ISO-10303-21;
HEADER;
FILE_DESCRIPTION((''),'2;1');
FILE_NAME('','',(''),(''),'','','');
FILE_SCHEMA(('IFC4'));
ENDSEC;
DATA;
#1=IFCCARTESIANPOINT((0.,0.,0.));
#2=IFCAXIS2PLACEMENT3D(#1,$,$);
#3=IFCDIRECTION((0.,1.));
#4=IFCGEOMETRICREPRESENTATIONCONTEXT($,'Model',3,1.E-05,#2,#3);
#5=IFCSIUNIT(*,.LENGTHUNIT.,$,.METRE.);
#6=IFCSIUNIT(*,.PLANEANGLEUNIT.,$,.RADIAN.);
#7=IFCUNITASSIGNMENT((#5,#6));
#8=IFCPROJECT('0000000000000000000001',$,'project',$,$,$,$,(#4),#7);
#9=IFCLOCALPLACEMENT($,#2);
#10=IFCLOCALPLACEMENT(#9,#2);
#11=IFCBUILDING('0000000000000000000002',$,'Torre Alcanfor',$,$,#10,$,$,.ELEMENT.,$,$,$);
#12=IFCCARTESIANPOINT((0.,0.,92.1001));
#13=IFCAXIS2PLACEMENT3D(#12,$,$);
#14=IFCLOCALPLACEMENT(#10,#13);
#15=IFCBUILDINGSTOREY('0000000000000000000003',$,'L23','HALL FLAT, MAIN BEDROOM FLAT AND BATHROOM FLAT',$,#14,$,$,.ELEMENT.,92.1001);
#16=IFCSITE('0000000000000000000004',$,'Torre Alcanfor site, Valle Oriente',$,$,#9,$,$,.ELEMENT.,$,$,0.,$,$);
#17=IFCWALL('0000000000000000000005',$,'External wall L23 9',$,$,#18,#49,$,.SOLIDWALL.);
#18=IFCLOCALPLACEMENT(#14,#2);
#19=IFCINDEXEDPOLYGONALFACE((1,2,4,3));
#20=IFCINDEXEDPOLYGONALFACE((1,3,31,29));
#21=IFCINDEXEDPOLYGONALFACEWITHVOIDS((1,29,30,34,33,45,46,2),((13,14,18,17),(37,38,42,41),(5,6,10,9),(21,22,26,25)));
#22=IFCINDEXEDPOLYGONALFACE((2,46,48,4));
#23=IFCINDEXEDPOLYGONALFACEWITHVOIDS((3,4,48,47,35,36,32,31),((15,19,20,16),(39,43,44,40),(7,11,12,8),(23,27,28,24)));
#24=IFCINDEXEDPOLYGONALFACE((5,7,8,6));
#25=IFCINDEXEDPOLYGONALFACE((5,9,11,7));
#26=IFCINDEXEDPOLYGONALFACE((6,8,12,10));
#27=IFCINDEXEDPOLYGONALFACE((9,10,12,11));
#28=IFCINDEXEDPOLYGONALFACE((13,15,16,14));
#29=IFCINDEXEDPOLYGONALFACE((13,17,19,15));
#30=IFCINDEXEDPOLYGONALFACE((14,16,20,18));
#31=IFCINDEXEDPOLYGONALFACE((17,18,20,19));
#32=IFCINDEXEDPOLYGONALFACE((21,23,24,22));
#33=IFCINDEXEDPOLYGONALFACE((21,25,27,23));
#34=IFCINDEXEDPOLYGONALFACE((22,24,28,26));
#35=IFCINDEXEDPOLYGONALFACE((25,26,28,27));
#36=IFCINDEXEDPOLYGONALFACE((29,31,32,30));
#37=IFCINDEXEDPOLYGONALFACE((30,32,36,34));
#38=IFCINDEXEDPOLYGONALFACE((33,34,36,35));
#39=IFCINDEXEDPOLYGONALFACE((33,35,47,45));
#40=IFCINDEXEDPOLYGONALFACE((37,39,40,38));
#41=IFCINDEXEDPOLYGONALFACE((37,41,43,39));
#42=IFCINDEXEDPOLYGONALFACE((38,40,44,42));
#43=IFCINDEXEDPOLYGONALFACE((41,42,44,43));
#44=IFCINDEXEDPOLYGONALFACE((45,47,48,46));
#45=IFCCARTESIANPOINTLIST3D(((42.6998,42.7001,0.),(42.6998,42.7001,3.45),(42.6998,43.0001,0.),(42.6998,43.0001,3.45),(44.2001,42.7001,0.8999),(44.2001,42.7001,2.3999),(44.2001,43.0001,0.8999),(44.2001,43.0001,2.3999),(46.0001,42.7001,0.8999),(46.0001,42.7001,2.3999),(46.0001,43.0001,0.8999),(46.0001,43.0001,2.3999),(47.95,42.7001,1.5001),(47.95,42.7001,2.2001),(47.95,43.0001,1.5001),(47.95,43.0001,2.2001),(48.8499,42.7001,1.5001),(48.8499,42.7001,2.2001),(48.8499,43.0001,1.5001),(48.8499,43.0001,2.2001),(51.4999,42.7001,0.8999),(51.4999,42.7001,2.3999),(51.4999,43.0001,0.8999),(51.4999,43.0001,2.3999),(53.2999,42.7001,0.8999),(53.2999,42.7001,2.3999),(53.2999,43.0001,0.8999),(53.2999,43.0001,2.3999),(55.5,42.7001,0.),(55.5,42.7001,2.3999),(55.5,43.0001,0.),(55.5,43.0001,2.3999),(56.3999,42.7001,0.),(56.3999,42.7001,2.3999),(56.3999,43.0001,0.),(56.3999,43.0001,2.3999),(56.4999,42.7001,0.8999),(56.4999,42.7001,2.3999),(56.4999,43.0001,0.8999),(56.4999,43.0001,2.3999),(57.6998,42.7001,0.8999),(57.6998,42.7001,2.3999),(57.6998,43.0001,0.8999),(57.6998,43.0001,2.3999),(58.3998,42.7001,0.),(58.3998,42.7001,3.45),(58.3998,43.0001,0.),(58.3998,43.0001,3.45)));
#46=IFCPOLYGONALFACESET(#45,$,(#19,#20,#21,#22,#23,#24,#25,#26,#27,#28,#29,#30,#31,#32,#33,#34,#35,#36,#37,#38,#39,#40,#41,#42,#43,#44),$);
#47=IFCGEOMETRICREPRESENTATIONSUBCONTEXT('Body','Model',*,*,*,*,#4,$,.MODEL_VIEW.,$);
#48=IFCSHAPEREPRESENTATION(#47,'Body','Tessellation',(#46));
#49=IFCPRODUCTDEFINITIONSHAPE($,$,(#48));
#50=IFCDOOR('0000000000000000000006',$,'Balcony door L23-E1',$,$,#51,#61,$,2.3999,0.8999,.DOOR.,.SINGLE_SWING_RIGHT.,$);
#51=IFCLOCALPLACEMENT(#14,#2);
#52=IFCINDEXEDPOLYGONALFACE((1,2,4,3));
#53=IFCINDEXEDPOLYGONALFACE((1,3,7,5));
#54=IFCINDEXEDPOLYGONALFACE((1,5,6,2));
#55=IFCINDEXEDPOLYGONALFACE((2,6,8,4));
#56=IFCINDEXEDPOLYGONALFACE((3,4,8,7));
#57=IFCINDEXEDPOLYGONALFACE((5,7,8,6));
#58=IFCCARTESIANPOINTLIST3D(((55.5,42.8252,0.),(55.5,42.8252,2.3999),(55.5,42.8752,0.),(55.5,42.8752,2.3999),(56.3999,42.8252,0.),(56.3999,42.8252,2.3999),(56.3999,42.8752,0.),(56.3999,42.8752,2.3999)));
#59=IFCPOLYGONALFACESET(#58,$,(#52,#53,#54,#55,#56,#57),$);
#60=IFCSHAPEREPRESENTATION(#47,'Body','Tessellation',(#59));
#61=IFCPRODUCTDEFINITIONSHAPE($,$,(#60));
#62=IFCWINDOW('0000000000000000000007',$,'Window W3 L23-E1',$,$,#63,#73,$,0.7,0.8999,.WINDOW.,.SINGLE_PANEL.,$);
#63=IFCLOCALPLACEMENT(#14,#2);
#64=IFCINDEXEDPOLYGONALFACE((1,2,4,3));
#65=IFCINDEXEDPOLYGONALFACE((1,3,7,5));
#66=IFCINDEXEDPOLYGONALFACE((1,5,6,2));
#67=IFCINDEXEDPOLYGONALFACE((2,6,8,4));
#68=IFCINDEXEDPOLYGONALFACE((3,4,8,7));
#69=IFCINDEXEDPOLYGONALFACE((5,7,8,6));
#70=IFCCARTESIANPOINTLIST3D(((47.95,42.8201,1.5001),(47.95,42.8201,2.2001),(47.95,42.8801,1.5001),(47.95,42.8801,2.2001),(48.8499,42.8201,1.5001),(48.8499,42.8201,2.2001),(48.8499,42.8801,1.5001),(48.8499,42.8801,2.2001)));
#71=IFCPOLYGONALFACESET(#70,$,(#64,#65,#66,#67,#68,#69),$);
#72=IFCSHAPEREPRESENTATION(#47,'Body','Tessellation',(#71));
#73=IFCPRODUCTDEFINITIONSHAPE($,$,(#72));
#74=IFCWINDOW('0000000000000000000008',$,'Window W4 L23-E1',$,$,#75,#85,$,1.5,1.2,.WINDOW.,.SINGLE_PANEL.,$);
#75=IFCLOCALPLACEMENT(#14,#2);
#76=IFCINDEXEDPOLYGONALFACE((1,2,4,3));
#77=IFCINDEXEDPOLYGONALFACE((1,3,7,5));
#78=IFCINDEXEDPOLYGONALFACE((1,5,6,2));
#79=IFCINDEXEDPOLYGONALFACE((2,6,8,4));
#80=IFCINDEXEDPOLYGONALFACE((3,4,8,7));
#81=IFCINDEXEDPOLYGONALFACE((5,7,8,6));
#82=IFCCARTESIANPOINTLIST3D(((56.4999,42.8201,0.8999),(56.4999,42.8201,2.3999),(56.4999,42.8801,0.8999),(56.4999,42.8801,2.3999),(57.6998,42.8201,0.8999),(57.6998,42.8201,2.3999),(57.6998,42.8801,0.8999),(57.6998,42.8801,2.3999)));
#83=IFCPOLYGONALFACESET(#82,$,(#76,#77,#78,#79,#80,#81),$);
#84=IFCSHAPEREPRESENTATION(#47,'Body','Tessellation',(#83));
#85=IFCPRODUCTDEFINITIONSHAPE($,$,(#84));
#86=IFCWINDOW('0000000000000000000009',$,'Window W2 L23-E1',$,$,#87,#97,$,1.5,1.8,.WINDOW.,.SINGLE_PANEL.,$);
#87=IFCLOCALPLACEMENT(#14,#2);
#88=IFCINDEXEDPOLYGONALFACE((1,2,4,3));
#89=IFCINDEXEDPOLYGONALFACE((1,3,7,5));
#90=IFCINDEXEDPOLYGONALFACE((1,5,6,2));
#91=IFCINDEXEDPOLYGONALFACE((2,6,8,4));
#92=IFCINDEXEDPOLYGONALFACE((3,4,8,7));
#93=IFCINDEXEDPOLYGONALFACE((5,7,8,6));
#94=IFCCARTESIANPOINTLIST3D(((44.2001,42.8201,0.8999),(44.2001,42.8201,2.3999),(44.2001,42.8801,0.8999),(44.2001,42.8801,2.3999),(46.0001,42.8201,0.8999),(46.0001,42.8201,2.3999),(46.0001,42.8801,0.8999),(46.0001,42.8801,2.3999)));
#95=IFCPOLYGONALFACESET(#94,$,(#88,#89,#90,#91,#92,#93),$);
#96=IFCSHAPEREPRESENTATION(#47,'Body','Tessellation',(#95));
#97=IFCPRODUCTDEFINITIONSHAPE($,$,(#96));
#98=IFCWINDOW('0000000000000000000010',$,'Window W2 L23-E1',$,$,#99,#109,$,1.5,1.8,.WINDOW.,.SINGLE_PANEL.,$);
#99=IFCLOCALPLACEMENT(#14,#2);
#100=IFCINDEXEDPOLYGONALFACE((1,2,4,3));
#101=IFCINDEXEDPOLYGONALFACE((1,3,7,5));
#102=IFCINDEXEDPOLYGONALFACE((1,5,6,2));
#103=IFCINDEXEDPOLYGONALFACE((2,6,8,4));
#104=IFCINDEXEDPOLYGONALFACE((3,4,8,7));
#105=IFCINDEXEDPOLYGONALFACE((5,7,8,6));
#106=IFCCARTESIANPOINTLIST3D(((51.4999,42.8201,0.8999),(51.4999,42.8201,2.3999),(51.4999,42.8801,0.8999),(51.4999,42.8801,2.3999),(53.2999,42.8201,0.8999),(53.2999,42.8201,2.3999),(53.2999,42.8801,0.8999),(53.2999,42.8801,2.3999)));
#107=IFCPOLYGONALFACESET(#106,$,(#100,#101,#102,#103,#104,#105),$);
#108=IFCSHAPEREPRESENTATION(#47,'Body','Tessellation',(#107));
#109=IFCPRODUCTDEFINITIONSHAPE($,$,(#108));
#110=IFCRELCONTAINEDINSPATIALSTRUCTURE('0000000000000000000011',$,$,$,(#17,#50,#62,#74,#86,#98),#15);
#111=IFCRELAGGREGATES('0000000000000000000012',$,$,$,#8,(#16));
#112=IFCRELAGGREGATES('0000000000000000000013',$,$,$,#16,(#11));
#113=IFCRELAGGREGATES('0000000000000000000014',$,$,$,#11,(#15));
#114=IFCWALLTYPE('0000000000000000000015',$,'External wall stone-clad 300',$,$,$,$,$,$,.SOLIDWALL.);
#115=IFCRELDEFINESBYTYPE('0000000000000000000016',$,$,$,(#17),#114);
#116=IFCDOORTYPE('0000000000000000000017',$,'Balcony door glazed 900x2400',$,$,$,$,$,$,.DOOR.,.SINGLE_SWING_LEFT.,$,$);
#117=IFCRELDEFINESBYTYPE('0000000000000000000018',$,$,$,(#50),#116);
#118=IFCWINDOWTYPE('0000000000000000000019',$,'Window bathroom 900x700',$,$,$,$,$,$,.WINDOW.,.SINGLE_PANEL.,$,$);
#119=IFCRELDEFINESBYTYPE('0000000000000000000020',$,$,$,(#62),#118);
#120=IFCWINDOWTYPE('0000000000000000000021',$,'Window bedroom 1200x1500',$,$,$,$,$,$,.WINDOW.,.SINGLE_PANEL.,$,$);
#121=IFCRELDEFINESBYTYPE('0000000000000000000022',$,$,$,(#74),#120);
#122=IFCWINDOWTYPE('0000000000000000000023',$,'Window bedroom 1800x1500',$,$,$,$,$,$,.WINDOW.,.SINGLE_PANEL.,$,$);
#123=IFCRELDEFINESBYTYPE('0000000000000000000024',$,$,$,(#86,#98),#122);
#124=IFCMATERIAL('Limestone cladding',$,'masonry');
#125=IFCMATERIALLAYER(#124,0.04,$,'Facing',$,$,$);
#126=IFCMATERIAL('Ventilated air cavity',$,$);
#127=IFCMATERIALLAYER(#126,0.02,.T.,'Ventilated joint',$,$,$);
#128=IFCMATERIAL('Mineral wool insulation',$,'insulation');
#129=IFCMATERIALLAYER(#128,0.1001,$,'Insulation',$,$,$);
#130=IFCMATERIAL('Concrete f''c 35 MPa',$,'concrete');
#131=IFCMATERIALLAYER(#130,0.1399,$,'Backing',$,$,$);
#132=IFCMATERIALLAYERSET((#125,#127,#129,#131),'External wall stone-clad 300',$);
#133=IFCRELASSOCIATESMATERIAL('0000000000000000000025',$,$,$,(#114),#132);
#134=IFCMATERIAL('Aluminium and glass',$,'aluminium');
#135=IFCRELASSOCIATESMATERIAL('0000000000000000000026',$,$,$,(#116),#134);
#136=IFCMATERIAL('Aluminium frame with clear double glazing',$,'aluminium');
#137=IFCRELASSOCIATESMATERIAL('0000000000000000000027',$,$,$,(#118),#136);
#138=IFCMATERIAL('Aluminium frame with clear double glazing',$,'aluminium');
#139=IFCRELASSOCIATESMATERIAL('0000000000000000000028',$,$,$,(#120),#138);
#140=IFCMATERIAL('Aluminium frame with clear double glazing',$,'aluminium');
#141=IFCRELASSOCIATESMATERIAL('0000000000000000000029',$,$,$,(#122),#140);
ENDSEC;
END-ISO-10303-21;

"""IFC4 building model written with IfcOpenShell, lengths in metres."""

from ifc_helpers import new_model, si_unit, direction, frame, frame_2d, origin, place, context, subcontext, project, spatial, rectangle, extrude, material, layer, layer_set, type_object, element, fill, save


model = new_model("IFC4")

# Units and contexts
model_context = context("Model", 3, precision=1e-05, world=origin(), true_north=direction((0.0, 1.0)))
body_context = subcontext(model_context, "Body", "Model", "MODEL_VIEW")
ifc_project = project(units=[si_unit("LENGTHUNIT", "METRE"), si_unit("PLANEANGLEUNIT", "RADIAN")], contexts=[model_context])

# Site, building, storey
site_placement = place(None, origin())
site = spatial("IfcSite", under=ifc_project, at=site_placement, Name="Torre Alcanfor site, Valle Oriente", CompositionType="ELEMENT", RefElevation=0.0)
building_placement = place(site_placement, origin())
building = spatial("IfcBuilding", under=site, at=building_placement, Name="Torre Alcanfor", CompositionType="ELEMENT")
storey_placement = place(building_placement, frame((0.0, 0.0, 92.1001)))
storey = spatial("IfcBuildingStorey", under=building, at=storey_placement, Name="L23", Description="HALL FLAT, MAIN BEDROOM FLAT AND BATHROOM FLAT", CompositionType="ELEMENT", Elevation=92.1001)

# Wall, openings, door, windows
ifc_material_1 = material(Name="Limestone cladding", Category="masonry")
ifc_layer_1 = layer(ifc_material_1, 0.04, Name="Facing")
ifc_material_2 = material(Name="Ventilated air cavity")
ifc_layer_2 = layer(ifc_material_2, 0.02, ventilated=True, Name="Ventilated joint")
ifc_material_3 = material(Name="Mineral wool insulation", Category="insulation")
ifc_layer_3 = layer(ifc_material_3, 0.1001, Name="Insulation")
ifc_material_4 = material(Name="Concrete f'c 35 MPa", Category="concrete")
ifc_layer_4 = layer(ifc_material_4, 0.1399, Name="Backing")
ifc_layer_set_1 = layer_set([ifc_layer_1, ifc_layer_2, ifc_layer_3, ifc_layer_4], Name="External wall stone-clad 300")
wall_type_1 = type_object("IfcWallType", Name="External wall stone-clad 300", PredefinedType="SOLIDWALL", material=ifc_layer_set_1)
wall_1_placement = place(storey_placement, frame((58.3999, 42.8501, 0.0), z_axis=(0.0, 0.0, 1.0), x_axis=(-1.0, 0.0, 0.0)))
wall_1 = element("IfcWall", 1, at=wall_1_placement, inside=storey, type_object=wall_type_1, Name="External wall L23 9", PredefinedType="SOLIDWALL", context=body_context, shape_type="SweptSolid", body=[
    extrude(rectangle(XDim=15.7, YDim=0.3, at=frame_2d((7.8501, 0.0))), origin(), (0.0, 0.0, 1.0), 3.45),
])
opening_1_placement = place(wall_1_placement, frame((12.3999, 0.0, 0.8999)))
opening_1 = element("IfcOpeningElement", 2, at=opening_1_placement, cuts=wall_1, PredefinedType="OPENING", context=body_context, shape_type="SweptSolid", body=[
    extrude(rectangle(XDim=1.8, YDim=1.5, at=frame_2d((0.8999, 0.75))), frame((0.0, 0.1599, 0.0), z_axis=(0.0, -1.0, 0.0), x_axis=(1.0, 0.0, 0.0)), (0.0, 0.0, 1.0), 0.3201),
])
opening_2_placement = place(wall_1_placement, frame((9.55, 0.0, 1.5)))
opening_2 = element("IfcOpeningElement", 3, at=opening_2_placement, cuts=wall_1, PredefinedType="OPENING", context=body_context, shape_type="SweptSolid", body=[
    extrude(rectangle(XDim=0.8999, YDim=0.7, at=frame_2d((0.45, 0.3501))), frame((0.0, 0.1599, 0.0), z_axis=(0.0, -1.0, 0.0), x_axis=(1.0, 0.0, 0.0)), (0.0, 0.0, 1.0), 0.3201),
])
opening_3_placement = place(wall_1_placement, frame((5.1001, 0.0, 0.8999)))
opening_3 = element("IfcOpeningElement", 4, at=opening_3_placement, cuts=wall_1, PredefinedType="OPENING", context=body_context, shape_type="SweptSolid", body=[
    extrude(rectangle(XDim=1.8, YDim=1.5, at=frame_2d((0.8999, 0.75))), frame((0.0, 0.1599, 0.0), z_axis=(0.0, -1.0, 0.0), x_axis=(1.0, 0.0, 0.0)), (0.0, 0.0, 1.0), 0.3201),
])
opening_4_placement = place(wall_1_placement, frame((2.0, 0.0, 0.0)))
opening_4 = element("IfcOpeningElement", 5, at=opening_4_placement, cuts=wall_1, PredefinedType="OPENING", context=body_context, shape_type="SweptSolid", body=[
    extrude(rectangle(XDim=0.8999, YDim=2.3999, at=frame_2d((0.45, 1.2))), frame((0.0, 0.1599, 0.0), z_axis=(0.0, -1.0, 0.0), x_axis=(1.0, 0.0, 0.0)), (0.0, 0.0, 1.0), 0.3201),
])
opening_5_placement = place(wall_1_placement, frame((0.7, 0.0, 0.8999)))
opening_5 = element("IfcOpeningElement", 6, at=opening_5_placement, cuts=wall_1, PredefinedType="OPENING", context=body_context, shape_type="SweptSolid", body=[
    extrude(rectangle(XDim=1.2, YDim=1.5, at=frame_2d((0.6001, 0.75))), frame((0.0, 0.1599, 0.0), z_axis=(0.0, -1.0, 0.0), x_axis=(1.0, 0.0, 0.0)), (0.0, 0.0, 1.0), 0.3201),
])
ifc_material_5 = material(Name="Aluminium and glass", Category="aluminium")
door_type = type_object("IfcDoorType", Name="Balcony door glazed 900x2400", OperationType="SINGLE_SWING_LEFT", PredefinedType="DOOR", material=ifc_material_5)
door_1_placement = place(opening_4_placement, origin())
door_1 = element("IfcDoor", 7, at=door_1_placement, inside=storey, type_object=door_type, Name="Balcony door L23-E1", OperationType="SINGLE_SWING_RIGHT", OverallHeight=2.3999, OverallWidth=0.8999, PredefinedType="DOOR", context=body_context, shape_type="SweptSolid", body=[
    extrude(rectangle(XDim=0.8999, YDim=2.3999, at=frame_2d((0.45, 1.2))), frame((0.0, 0.0249, 0.0), z_axis=(0.0, -1.0, 0.0), x_axis=(1.0, 0.0, 0.0)), (0.0, 0.0, 1.0), 0.05),
])
fill(opening_4, door_1)
ifc_material_6 = material(Name="Aluminium frame with clear double glazing", Category="aluminium")
window_type_1 = type_object("IfcWindowType", Name="Window bathroom 900x700", PartitioningType="SINGLE_PANEL", PredefinedType="WINDOW", material=ifc_material_6)
window_1_placement = place(opening_2_placement, origin())
window_1 = element("IfcWindow", 8, at=window_1_placement, inside=storey, type_object=window_type_1, Name="Window W3 L23-E1", OverallHeight=0.7, OverallWidth=0.8999, PartitioningType="SINGLE_PANEL", PredefinedType="WINDOW", context=body_context, shape_type="SweptSolid", body=[
    extrude(rectangle(XDim=0.8999, YDim=0.7, at=frame_2d((0.45, 0.3501))), frame((0.0, 0.03, 0.0), z_axis=(0.0, -1.0, 0.0), x_axis=(1.0, 0.0, 0.0)), (0.0, 0.0, 1.0), 0.0601),
])
fill(opening_2, window_1)
ifc_material_7 = material(Name="Aluminium frame with clear double glazing", Category="aluminium")
window_type_2 = type_object("IfcWindowType", Name="Window bedroom 1200x1500", PartitioningType="SINGLE_PANEL", PredefinedType="WINDOW", material=ifc_material_7)
window_2_placement = place(opening_5_placement, origin())
window_2 = element("IfcWindow", 9, at=window_2_placement, inside=storey, type_object=window_type_2, Name="Window W4 L23-E1", OverallHeight=1.5, OverallWidth=1.2, PartitioningType="SINGLE_PANEL", PredefinedType="WINDOW", context=body_context, shape_type="SweptSolid", body=[
    extrude(rectangle(XDim=1.2, YDim=1.5, at=frame_2d((0.6001, 0.75))), frame((0.0, 0.03, 0.0), z_axis=(0.0, -1.0, 0.0), x_axis=(1.0, 0.0, 0.0)), (0.0, 0.0, 1.0), 0.0601),
])
fill(opening_5, window_2)
ifc_material_8 = material(Name="Aluminium frame with clear double glazing", Category="aluminium")
window_type_3 = type_object("IfcWindowType", Name="Window bedroom 1800x1500", PartitioningType="SINGLE_PANEL", PredefinedType="WINDOW", material=ifc_material_8)
window_3_placement = place(opening_1_placement, origin())
window_3 = element("IfcWindow", 10, at=window_3_placement, inside=storey, type_object=window_type_3, Name="Window W2 L23-E1", OverallHeight=1.5, OverallWidth=1.8, PartitioningType="SINGLE_PANEL", PredefinedType="WINDOW", context=body_context, shape_type="SweptSolid", body=[
    extrude(rectangle(XDim=1.8, YDim=1.5, at=frame_2d((0.8999, 0.75))), frame((0.0, 0.03, 0.0), z_axis=(0.0, -1.0, 0.0), x_axis=(1.0, 0.0, 0.0)), (0.0, 0.0, 1.0), 0.0601),
])
fill(opening_1, window_3)
window_4_placement = place(opening_3_placement, origin())
window_4 = element("IfcWindow", 11, at=window_4_placement, inside=storey, type_object=window_type_3, Name="Window W2 L23-E1", OverallHeight=1.5, OverallWidth=1.8, PartitioningType="SINGLE_PANEL", PredefinedType="WINDOW", context=body_context, shape_type="SweptSolid", body=[
    extrude(rectangle(XDim=1.8, YDim=1.5, at=frame_2d((0.8999, 0.75))), frame((0.0, 0.03, 0.0), z_axis=(0.0, -1.0, 0.0), x_axis=(1.0, 0.0, 0.0)), (0.0, 0.0, 1.0), 0.0601),
])
fill(opening_3, window_4)

save(model, "model.ifc")
